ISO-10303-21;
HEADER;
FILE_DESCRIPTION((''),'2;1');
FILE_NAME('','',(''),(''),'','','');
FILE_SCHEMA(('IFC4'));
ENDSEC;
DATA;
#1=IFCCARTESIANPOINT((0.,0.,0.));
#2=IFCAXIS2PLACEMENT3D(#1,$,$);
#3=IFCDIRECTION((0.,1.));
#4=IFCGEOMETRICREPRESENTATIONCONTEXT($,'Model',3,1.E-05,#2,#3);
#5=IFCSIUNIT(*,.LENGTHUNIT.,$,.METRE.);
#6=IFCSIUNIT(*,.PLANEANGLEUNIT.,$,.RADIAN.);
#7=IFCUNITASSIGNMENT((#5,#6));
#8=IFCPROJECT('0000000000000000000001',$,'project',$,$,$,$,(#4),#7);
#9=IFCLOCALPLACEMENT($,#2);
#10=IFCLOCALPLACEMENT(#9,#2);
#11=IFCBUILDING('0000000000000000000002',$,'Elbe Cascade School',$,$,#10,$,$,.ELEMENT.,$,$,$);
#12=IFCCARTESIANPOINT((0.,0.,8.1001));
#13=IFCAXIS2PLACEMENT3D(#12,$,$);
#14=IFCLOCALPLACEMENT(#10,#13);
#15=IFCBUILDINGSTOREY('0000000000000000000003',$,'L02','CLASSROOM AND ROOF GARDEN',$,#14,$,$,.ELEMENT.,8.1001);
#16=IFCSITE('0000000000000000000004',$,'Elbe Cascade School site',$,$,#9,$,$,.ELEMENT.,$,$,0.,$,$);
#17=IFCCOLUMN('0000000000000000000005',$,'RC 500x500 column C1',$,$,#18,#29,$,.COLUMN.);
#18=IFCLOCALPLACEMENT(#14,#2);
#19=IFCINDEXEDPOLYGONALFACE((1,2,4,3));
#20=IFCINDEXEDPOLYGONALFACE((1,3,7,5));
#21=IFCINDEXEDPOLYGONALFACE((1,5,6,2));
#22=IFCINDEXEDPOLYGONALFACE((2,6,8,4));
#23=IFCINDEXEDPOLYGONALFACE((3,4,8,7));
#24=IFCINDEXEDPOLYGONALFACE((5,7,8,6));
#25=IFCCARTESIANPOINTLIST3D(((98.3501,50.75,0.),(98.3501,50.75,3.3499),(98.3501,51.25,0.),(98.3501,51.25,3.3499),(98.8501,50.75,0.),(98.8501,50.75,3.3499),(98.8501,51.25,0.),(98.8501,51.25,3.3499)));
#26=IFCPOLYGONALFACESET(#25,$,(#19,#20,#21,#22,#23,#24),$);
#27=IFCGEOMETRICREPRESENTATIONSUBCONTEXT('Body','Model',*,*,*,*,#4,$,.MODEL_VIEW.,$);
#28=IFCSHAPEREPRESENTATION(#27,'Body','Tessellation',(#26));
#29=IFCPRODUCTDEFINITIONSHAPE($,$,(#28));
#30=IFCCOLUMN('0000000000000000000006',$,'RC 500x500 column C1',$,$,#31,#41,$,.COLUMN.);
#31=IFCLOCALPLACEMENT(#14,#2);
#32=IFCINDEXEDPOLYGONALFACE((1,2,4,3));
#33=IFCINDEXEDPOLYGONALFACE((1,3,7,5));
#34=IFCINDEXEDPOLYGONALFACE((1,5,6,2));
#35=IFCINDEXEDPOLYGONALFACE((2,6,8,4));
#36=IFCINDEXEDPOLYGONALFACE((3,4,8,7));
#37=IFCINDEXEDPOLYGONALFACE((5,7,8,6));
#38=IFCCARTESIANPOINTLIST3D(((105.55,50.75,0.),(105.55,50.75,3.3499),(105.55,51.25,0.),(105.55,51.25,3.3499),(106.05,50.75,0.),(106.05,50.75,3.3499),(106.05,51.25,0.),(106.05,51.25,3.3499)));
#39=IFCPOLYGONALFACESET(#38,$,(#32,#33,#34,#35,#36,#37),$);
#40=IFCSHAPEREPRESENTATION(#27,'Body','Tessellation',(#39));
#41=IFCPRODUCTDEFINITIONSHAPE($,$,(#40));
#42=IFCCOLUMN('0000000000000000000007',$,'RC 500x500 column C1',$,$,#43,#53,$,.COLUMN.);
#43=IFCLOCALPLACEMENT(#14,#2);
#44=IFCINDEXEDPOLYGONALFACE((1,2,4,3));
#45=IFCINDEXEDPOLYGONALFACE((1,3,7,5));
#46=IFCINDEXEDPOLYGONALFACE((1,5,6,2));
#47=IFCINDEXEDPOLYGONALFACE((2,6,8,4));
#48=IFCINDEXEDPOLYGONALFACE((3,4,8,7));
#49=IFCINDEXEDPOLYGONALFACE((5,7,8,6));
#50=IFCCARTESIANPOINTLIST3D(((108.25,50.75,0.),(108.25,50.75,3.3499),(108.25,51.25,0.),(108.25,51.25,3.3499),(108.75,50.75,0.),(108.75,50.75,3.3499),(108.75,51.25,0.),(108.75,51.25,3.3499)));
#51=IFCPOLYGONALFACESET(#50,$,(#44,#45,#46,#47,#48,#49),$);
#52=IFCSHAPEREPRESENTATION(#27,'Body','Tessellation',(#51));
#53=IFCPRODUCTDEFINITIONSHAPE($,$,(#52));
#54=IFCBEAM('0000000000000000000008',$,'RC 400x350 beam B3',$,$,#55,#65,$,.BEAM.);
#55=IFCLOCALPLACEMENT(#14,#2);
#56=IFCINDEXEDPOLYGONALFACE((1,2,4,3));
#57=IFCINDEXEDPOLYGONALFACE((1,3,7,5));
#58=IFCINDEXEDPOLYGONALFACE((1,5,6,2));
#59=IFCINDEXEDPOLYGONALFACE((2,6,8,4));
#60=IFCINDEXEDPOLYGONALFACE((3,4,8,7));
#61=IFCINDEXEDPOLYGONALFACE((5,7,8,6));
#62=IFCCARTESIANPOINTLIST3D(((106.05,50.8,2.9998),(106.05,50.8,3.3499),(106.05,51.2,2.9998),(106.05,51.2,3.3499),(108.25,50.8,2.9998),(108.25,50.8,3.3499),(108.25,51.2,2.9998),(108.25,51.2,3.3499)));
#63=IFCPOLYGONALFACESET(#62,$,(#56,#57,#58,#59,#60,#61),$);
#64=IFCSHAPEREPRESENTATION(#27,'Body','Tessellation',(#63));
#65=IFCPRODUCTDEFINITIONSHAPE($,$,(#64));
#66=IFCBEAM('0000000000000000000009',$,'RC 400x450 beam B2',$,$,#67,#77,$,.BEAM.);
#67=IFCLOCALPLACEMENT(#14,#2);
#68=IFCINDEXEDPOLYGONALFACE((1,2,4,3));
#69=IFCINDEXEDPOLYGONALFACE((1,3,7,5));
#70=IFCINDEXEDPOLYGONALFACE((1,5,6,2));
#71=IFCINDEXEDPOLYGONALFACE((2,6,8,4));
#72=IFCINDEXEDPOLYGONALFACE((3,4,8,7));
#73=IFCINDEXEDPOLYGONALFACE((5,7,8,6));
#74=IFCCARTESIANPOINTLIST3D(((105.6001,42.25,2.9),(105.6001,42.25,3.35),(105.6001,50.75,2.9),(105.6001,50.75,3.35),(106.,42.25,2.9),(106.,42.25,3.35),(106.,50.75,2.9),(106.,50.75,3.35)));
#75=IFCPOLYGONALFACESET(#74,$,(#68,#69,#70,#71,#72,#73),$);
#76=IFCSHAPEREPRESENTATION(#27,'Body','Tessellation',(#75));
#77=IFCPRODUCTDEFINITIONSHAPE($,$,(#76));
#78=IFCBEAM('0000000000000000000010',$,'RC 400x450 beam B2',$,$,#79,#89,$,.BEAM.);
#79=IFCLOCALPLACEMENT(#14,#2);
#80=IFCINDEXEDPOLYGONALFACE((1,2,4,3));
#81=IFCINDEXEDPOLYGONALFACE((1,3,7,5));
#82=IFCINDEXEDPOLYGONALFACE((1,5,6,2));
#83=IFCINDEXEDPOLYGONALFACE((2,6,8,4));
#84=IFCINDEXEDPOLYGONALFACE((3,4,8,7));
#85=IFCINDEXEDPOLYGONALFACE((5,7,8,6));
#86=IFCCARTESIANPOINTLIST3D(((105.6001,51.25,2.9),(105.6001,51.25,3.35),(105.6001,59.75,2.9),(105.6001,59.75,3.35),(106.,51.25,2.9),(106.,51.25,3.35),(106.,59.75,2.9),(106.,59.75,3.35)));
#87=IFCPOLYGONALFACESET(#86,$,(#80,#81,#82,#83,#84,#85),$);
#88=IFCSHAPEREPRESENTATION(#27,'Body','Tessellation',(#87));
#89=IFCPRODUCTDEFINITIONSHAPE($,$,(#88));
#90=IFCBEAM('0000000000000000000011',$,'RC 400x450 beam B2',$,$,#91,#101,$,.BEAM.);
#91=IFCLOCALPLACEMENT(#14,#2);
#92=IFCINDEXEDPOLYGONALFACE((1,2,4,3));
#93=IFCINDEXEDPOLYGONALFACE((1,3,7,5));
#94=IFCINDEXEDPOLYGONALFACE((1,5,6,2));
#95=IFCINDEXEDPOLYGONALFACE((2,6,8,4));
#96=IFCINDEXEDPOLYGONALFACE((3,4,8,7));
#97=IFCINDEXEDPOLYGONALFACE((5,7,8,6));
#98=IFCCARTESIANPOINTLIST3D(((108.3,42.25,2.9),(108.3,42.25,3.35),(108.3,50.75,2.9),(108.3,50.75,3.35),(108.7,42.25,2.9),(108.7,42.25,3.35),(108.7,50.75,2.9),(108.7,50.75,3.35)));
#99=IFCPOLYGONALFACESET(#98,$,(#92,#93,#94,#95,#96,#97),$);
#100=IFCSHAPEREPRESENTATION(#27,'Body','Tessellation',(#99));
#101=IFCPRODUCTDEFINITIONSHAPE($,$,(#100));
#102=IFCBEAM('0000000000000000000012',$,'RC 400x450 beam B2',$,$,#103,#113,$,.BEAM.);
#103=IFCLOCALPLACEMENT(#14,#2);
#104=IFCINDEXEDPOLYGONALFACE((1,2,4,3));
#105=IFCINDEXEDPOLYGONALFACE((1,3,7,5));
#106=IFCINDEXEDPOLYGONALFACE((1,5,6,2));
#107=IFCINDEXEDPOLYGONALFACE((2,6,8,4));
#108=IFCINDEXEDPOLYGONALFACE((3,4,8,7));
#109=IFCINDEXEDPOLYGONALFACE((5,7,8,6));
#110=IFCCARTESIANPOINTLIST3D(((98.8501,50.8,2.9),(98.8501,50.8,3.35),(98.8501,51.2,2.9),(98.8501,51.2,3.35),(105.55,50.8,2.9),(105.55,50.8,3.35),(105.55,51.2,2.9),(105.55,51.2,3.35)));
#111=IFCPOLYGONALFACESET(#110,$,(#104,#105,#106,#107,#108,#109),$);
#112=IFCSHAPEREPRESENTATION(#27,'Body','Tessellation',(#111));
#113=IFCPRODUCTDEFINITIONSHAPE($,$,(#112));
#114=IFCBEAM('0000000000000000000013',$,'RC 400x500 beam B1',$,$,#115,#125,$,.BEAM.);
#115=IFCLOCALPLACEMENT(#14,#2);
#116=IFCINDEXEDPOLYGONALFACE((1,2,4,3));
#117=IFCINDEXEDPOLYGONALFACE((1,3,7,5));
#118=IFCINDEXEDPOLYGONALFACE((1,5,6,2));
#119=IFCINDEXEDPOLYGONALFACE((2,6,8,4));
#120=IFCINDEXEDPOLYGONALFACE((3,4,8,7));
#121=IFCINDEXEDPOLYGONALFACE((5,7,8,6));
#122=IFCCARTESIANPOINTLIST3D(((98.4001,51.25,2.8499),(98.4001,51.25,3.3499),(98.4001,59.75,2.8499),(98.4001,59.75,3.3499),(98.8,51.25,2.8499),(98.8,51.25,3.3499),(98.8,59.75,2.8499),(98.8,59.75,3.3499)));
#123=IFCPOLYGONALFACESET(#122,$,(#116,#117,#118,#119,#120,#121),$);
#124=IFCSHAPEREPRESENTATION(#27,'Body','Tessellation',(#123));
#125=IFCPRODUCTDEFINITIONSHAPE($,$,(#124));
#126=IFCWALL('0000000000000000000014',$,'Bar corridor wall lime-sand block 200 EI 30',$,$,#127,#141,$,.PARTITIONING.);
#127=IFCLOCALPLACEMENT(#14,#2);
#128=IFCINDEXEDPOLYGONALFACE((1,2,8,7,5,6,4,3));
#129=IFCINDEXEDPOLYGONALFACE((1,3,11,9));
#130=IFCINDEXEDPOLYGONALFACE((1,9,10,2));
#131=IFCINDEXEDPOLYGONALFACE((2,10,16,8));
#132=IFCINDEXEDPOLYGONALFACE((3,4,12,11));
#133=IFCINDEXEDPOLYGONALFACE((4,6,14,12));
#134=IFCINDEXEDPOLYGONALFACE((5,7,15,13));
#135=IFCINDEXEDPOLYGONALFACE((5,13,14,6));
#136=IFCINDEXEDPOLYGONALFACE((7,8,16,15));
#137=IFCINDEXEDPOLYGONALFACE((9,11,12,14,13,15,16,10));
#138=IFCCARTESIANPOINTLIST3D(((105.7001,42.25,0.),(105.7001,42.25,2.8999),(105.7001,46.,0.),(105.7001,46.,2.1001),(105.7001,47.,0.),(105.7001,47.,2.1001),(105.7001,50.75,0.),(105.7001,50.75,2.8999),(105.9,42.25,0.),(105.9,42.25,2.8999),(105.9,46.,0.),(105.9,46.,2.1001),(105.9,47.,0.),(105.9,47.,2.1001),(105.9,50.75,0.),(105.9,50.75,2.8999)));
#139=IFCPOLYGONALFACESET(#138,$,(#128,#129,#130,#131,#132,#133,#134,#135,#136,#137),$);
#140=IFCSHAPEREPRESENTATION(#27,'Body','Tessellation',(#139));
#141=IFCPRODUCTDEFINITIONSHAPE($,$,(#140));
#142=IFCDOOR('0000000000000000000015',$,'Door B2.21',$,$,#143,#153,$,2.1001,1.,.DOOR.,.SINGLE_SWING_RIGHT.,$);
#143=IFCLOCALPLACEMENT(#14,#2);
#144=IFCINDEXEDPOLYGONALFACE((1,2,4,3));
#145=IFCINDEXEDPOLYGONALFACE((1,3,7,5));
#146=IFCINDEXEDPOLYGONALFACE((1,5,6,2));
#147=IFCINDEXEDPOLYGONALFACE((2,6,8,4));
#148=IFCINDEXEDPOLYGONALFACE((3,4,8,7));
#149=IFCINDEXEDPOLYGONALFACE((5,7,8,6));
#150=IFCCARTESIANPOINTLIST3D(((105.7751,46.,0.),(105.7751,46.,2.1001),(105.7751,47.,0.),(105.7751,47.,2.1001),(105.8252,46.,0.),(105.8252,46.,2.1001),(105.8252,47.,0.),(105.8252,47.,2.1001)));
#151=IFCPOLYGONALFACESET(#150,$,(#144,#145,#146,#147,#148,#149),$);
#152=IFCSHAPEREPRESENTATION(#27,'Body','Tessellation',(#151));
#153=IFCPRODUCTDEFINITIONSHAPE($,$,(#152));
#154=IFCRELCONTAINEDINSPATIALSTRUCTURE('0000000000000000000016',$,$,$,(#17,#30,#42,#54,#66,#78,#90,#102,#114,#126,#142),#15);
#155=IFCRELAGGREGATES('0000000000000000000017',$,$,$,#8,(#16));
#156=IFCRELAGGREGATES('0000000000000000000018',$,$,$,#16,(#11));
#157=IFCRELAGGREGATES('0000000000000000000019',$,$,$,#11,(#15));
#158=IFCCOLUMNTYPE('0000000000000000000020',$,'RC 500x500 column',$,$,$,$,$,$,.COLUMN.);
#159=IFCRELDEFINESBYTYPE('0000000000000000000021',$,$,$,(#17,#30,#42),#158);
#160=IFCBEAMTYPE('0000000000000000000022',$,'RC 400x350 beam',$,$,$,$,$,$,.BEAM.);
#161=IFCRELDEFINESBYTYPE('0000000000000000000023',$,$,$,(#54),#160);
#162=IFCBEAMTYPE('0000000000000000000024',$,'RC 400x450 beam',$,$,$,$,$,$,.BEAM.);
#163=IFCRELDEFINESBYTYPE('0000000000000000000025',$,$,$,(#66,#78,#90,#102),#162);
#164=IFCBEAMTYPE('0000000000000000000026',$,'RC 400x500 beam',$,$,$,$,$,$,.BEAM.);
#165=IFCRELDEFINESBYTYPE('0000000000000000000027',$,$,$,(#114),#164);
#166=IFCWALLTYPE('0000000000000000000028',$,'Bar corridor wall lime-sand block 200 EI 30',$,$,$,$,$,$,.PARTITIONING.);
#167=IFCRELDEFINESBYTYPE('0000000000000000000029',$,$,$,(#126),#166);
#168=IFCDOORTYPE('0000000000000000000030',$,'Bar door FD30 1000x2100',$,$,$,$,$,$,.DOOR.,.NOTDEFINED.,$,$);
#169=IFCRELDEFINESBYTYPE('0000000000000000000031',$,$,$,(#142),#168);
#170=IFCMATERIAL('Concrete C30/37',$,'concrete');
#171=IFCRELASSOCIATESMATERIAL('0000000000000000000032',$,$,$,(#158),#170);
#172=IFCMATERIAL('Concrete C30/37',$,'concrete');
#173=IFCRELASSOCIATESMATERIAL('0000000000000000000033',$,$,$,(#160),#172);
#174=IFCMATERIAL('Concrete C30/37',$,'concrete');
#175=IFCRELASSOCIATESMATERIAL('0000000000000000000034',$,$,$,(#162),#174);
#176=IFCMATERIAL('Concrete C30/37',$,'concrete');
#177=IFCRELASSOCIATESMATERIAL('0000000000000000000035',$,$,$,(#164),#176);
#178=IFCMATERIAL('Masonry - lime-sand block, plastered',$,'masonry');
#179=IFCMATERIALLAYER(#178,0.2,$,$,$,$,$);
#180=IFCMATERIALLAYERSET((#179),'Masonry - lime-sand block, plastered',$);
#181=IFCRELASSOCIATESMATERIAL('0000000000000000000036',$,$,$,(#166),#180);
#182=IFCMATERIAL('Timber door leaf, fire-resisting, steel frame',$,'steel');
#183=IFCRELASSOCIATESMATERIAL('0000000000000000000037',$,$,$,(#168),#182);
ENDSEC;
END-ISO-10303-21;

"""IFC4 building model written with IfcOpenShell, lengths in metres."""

from ifc_helpers import new_model, si_unit, direction, frame, frame_2d, origin, origin_2d, place, context, subcontext, project, spatial, rectangle, extrude, material, layer, layer_set, material_profile, profile_set, type_object, element, fill, save


model = new_model("IFC4")

# Units and contexts
model_context = context("Model", 3, precision=1e-05, world=origin(), true_north=direction((0.0, 1.0)))
body_context = subcontext(model_context, "Body", "Model", "MODEL_VIEW")
ifc_project = project(units=[si_unit("LENGTHUNIT", "METRE"), si_unit("PLANEANGLEUNIT", "RADIAN")], contexts=[model_context])

# Site, building, storey
site_placement = place(None, origin())
site = spatial("IfcSite", under=ifc_project, at=site_placement, Name="Elbe Cascade School site", CompositionType="ELEMENT", RefElevation=0.0)
building_placement = place(site_placement, origin())
building = spatial("IfcBuilding", under=site, at=building_placement, Name="Elbe Cascade School", CompositionType="ELEMENT")
storey_placement = place(building_placement, frame((0.0, 0.0, 8.1001)))
storey = spatial("IfcBuildingStorey", under=building, at=storey_placement, Name="L02", Description="CLASSROOM AND ROOF GARDEN", CompositionType="ELEMENT", Elevation=8.1001)

# Columns
ifc_material_1 = material(Name="Concrete C30/37", Category="concrete")
ifc_material_profile_1 = material_profile(ifc_material_1, rectangle(XDim=0.5, YDim=0.5, at=origin_2d()), Name="RC 500x500")
ifc_profile_set_1 = profile_set([ifc_material_profile_1], Name="Concrete C30/37")
column_type = type_object("IfcColumnType", Name="RC 500x500 column", PredefinedType="COLUMN", material=ifc_profile_set_1)
for number, where, z_axis, x_axis, name in (
    (1, (98.6001, 51.0, 0.0), (0.0, 0.0, 1.0), (1.0, 0.0, 0.0), "RC 500x500 column C1"),
    (2, (105.8, 51.0, 0.0), (0.0, 0.0, 1.0), (1.0, 0.0, 0.0), "RC 500x500 column C1"),
    (3, (108.5, 51.0, 0.0), (0.0, 0.0, 1.0), (1.0, 0.0, 0.0), "RC 500x500 column C1"),
):
    element("IfcColumn", number, at=place(storey_placement, frame(where, z_axis=z_axis, x_axis=x_axis)), inside=storey, type_object=column_type, Name=name, PredefinedType="COLUMN", context=body_context, shape_type="SweptSolid", body=[
        extrude(rectangle(XDim=0.5, YDim=0.5, at=origin_2d()), origin(), (0.0, 0.0, 1.0), 3.3499),
    ])

# Beams
ifc_material_2 = material(Name="Concrete C30/37", Category="concrete")
ifc_material_profile_2 = material_profile(ifc_material_2, rectangle(XDim=0.3999, YDim=0.3501, at=origin_2d()), Name="RC 400x350")
ifc_profile_set_2 = profile_set([ifc_material_profile_2], Name="Concrete C30/37")
beam_type_1 = type_object("IfcBeamType", Name="RC 400x350 beam", PredefinedType="BEAM", material=ifc_profile_set_2)
beam_1_placement = place(storey_placement, frame((106.05, 51.0, 3.1748), z_axis=(1.0, 0.0, 0.0), x_axis=(0.0, 1.0, 0.0)))
element("IfcBeam", 4, at=beam_1_placement, inside=storey, type_object=beam_type_1, Name="RC 400x350 beam B3", PredefinedType="BEAM", context=body_context, shape_type="SweptSolid", body=[
    extrude(rectangle(XDim=0.3999, YDim=0.3501, at=origin_2d()), origin(), (0.0, 0.0, 1.0), 2.2),
])
ifc_material_3 = material(Name="Concrete C30/37", Category="concrete")
ifc_material_profile_3 = material_profile(ifc_material_3, rectangle(XDim=0.3999, YDim=0.45, at=origin_2d()), Name="RC 400x450")
ifc_profile_set_3 = profile_set([ifc_material_profile_3], Name="Concrete C30/37")
beam_type_2 = type_object("IfcBeamType", Name="RC 400x450 beam", PredefinedType="BEAM", material=ifc_profile_set_3)
for number, where, z_axis, x_axis, name in (
    (5, (105.8, 42.25, 3.125), (0.0, 1.0, 0.0), (-1.0, 0.0, 0.0), "RC 400x450 beam B2"),
    (6, (105.8, 51.25, 3.125), (0.0, 1.0, 0.0), (-1.0, 0.0, 0.0), "RC 400x450 beam B2"),
    (7, (108.5, 42.25, 3.125), (0.0, 1.0, 0.0), (-1.0, 0.0, 0.0), "RC 400x450 beam B2"),
):
    element("IfcBeam", number, at=place(storey_placement, frame(where, z_axis=z_axis, x_axis=x_axis)), inside=storey, type_object=beam_type_2, Name=name, PredefinedType="BEAM", context=body_context, shape_type="SweptSolid", body=[
        extrude(rectangle(XDim=0.3999, YDim=0.45, at=origin_2d()), origin(), (0.0, 0.0, 1.0), 8.5),
    ])
beam_2_placement = place(storey_placement, frame((98.8501, 51.0, 3.125), z_axis=(1.0, 0.0, 0.0), x_axis=(0.0, 1.0, 0.0)))
element("IfcBeam", 8, at=beam_2_placement, inside=storey, type_object=beam_type_2, Name="RC 400x450 beam B2", PredefinedType="BEAM", context=body_context, shape_type="SweptSolid", body=[
    extrude(rectangle(XDim=0.3999, YDim=0.45, at=origin_2d()), origin(), (0.0, 0.0, 1.0), 6.7),
])
ifc_material_4 = material(Name="Concrete C30/37", Category="concrete")
ifc_material_profile_4 = material_profile(ifc_material_4, rectangle(XDim=0.3999, YDim=0.5, at=origin_2d()), Name="RC 400x500")
ifc_profile_set_4 = profile_set([ifc_material_profile_4], Name="Concrete C30/37")
beam_type_3 = type_object("IfcBeamType", Name="RC 400x500 beam", PredefinedType="BEAM", material=ifc_profile_set_4)
beam_3_placement = place(storey_placement, frame((98.6001, 51.25, 3.0999), z_axis=(0.0, 1.0, 0.0), x_axis=(-1.0, 0.0, 0.0)))
element("IfcBeam", 9, at=beam_3_placement, inside=storey, type_object=beam_type_3, Name="RC 400x500 beam B1", PredefinedType="BEAM", context=body_context, shape_type="SweptSolid", body=[
    extrude(rectangle(XDim=0.3999, YDim=0.5, at=origin_2d()), origin(), (0.0, 0.0, 1.0), 8.5),
])

# Wall, opening, door
ifc_material_5 = material(Name="Masonry - lime-sand block, plastered", Category="masonry")
ifc_layer_1 = layer(ifc_material_5, 0.2)
ifc_layer_set_1 = layer_set([ifc_layer_1], Name="Masonry - lime-sand block, plastered")
wall_type_1 = type_object("IfcWallType", Name="Bar corridor wall lime-sand block 200 EI 30", PredefinedType="PARTITIONING", material=ifc_layer_set_1)
wall_1_placement = place(storey_placement, frame((105.8, 42.25, 0.0), z_axis=(0.0, 0.0, 1.0), x_axis=(0.0, 1.0, 0.0)))
wall_1 = element("IfcWall", 10, at=wall_1_placement, inside=storey, type_object=wall_type_1, Name="Bar corridor wall lime-sand block 200 EI 30", PredefinedType="PARTITIONING", context=body_context, shape_type="SweptSolid", body=[
    extrude(rectangle(XDim=8.5, YDim=0.2, at=frame_2d((4.25, 0.0))), origin(), (0.0, 0.0, 1.0), 2.8999),
])
opening_1_placement = place(wall_1_placement, frame((3.75, 0.0, 0.0)))
opening_1 = element("IfcOpeningElement", 11, at=opening_1_placement, cuts=wall_1, PredefinedType="OPENING", context=body_context, shape_type="SweptSolid", body=[
    extrude(rectangle(XDim=1.0, YDim=2.1001, at=frame_2d((0.5, 1.05))), frame((0.0, 0.1099, 0.0), z_axis=(0.0, -1.0, 0.0), x_axis=(1.0, 0.0, 0.0)), (0.0, 0.0, 1.0), 0.22),
])
ifc_material_6 = material(Name="Timber door leaf, fire-resisting, steel frame", Category="steel")
door_type_1 = type_object("IfcDoorType", Name="Bar door FD30 1000x2100", OperationType="NOTDEFINED", PredefinedType="DOOR", material=ifc_material_6)
door_1_placement = place(opening_1_placement, origin())
door_1 = element("IfcDoor", 12, at=door_1_placement, inside=storey, type_object=door_type_1, Name="Door B2.21", OperationType="SINGLE_SWING_RIGHT", OverallHeight=2.1001, OverallWidth=1.0, PredefinedType="DOOR", context=body_context, shape_type="SweptSolid", body=[
    extrude(rectangle(XDim=1.0, YDim=2.1001, at=frame_2d((0.5, 1.05))), frame((0.0, 0.0249, 0.0), z_axis=(0.0, -1.0, 0.0), x_axis=(1.0, 0.0, 0.0)), (0.0, 0.0, 1.0), 0.05),
])
fill(opening_1, door_1)

save(model, "model.ifc")
